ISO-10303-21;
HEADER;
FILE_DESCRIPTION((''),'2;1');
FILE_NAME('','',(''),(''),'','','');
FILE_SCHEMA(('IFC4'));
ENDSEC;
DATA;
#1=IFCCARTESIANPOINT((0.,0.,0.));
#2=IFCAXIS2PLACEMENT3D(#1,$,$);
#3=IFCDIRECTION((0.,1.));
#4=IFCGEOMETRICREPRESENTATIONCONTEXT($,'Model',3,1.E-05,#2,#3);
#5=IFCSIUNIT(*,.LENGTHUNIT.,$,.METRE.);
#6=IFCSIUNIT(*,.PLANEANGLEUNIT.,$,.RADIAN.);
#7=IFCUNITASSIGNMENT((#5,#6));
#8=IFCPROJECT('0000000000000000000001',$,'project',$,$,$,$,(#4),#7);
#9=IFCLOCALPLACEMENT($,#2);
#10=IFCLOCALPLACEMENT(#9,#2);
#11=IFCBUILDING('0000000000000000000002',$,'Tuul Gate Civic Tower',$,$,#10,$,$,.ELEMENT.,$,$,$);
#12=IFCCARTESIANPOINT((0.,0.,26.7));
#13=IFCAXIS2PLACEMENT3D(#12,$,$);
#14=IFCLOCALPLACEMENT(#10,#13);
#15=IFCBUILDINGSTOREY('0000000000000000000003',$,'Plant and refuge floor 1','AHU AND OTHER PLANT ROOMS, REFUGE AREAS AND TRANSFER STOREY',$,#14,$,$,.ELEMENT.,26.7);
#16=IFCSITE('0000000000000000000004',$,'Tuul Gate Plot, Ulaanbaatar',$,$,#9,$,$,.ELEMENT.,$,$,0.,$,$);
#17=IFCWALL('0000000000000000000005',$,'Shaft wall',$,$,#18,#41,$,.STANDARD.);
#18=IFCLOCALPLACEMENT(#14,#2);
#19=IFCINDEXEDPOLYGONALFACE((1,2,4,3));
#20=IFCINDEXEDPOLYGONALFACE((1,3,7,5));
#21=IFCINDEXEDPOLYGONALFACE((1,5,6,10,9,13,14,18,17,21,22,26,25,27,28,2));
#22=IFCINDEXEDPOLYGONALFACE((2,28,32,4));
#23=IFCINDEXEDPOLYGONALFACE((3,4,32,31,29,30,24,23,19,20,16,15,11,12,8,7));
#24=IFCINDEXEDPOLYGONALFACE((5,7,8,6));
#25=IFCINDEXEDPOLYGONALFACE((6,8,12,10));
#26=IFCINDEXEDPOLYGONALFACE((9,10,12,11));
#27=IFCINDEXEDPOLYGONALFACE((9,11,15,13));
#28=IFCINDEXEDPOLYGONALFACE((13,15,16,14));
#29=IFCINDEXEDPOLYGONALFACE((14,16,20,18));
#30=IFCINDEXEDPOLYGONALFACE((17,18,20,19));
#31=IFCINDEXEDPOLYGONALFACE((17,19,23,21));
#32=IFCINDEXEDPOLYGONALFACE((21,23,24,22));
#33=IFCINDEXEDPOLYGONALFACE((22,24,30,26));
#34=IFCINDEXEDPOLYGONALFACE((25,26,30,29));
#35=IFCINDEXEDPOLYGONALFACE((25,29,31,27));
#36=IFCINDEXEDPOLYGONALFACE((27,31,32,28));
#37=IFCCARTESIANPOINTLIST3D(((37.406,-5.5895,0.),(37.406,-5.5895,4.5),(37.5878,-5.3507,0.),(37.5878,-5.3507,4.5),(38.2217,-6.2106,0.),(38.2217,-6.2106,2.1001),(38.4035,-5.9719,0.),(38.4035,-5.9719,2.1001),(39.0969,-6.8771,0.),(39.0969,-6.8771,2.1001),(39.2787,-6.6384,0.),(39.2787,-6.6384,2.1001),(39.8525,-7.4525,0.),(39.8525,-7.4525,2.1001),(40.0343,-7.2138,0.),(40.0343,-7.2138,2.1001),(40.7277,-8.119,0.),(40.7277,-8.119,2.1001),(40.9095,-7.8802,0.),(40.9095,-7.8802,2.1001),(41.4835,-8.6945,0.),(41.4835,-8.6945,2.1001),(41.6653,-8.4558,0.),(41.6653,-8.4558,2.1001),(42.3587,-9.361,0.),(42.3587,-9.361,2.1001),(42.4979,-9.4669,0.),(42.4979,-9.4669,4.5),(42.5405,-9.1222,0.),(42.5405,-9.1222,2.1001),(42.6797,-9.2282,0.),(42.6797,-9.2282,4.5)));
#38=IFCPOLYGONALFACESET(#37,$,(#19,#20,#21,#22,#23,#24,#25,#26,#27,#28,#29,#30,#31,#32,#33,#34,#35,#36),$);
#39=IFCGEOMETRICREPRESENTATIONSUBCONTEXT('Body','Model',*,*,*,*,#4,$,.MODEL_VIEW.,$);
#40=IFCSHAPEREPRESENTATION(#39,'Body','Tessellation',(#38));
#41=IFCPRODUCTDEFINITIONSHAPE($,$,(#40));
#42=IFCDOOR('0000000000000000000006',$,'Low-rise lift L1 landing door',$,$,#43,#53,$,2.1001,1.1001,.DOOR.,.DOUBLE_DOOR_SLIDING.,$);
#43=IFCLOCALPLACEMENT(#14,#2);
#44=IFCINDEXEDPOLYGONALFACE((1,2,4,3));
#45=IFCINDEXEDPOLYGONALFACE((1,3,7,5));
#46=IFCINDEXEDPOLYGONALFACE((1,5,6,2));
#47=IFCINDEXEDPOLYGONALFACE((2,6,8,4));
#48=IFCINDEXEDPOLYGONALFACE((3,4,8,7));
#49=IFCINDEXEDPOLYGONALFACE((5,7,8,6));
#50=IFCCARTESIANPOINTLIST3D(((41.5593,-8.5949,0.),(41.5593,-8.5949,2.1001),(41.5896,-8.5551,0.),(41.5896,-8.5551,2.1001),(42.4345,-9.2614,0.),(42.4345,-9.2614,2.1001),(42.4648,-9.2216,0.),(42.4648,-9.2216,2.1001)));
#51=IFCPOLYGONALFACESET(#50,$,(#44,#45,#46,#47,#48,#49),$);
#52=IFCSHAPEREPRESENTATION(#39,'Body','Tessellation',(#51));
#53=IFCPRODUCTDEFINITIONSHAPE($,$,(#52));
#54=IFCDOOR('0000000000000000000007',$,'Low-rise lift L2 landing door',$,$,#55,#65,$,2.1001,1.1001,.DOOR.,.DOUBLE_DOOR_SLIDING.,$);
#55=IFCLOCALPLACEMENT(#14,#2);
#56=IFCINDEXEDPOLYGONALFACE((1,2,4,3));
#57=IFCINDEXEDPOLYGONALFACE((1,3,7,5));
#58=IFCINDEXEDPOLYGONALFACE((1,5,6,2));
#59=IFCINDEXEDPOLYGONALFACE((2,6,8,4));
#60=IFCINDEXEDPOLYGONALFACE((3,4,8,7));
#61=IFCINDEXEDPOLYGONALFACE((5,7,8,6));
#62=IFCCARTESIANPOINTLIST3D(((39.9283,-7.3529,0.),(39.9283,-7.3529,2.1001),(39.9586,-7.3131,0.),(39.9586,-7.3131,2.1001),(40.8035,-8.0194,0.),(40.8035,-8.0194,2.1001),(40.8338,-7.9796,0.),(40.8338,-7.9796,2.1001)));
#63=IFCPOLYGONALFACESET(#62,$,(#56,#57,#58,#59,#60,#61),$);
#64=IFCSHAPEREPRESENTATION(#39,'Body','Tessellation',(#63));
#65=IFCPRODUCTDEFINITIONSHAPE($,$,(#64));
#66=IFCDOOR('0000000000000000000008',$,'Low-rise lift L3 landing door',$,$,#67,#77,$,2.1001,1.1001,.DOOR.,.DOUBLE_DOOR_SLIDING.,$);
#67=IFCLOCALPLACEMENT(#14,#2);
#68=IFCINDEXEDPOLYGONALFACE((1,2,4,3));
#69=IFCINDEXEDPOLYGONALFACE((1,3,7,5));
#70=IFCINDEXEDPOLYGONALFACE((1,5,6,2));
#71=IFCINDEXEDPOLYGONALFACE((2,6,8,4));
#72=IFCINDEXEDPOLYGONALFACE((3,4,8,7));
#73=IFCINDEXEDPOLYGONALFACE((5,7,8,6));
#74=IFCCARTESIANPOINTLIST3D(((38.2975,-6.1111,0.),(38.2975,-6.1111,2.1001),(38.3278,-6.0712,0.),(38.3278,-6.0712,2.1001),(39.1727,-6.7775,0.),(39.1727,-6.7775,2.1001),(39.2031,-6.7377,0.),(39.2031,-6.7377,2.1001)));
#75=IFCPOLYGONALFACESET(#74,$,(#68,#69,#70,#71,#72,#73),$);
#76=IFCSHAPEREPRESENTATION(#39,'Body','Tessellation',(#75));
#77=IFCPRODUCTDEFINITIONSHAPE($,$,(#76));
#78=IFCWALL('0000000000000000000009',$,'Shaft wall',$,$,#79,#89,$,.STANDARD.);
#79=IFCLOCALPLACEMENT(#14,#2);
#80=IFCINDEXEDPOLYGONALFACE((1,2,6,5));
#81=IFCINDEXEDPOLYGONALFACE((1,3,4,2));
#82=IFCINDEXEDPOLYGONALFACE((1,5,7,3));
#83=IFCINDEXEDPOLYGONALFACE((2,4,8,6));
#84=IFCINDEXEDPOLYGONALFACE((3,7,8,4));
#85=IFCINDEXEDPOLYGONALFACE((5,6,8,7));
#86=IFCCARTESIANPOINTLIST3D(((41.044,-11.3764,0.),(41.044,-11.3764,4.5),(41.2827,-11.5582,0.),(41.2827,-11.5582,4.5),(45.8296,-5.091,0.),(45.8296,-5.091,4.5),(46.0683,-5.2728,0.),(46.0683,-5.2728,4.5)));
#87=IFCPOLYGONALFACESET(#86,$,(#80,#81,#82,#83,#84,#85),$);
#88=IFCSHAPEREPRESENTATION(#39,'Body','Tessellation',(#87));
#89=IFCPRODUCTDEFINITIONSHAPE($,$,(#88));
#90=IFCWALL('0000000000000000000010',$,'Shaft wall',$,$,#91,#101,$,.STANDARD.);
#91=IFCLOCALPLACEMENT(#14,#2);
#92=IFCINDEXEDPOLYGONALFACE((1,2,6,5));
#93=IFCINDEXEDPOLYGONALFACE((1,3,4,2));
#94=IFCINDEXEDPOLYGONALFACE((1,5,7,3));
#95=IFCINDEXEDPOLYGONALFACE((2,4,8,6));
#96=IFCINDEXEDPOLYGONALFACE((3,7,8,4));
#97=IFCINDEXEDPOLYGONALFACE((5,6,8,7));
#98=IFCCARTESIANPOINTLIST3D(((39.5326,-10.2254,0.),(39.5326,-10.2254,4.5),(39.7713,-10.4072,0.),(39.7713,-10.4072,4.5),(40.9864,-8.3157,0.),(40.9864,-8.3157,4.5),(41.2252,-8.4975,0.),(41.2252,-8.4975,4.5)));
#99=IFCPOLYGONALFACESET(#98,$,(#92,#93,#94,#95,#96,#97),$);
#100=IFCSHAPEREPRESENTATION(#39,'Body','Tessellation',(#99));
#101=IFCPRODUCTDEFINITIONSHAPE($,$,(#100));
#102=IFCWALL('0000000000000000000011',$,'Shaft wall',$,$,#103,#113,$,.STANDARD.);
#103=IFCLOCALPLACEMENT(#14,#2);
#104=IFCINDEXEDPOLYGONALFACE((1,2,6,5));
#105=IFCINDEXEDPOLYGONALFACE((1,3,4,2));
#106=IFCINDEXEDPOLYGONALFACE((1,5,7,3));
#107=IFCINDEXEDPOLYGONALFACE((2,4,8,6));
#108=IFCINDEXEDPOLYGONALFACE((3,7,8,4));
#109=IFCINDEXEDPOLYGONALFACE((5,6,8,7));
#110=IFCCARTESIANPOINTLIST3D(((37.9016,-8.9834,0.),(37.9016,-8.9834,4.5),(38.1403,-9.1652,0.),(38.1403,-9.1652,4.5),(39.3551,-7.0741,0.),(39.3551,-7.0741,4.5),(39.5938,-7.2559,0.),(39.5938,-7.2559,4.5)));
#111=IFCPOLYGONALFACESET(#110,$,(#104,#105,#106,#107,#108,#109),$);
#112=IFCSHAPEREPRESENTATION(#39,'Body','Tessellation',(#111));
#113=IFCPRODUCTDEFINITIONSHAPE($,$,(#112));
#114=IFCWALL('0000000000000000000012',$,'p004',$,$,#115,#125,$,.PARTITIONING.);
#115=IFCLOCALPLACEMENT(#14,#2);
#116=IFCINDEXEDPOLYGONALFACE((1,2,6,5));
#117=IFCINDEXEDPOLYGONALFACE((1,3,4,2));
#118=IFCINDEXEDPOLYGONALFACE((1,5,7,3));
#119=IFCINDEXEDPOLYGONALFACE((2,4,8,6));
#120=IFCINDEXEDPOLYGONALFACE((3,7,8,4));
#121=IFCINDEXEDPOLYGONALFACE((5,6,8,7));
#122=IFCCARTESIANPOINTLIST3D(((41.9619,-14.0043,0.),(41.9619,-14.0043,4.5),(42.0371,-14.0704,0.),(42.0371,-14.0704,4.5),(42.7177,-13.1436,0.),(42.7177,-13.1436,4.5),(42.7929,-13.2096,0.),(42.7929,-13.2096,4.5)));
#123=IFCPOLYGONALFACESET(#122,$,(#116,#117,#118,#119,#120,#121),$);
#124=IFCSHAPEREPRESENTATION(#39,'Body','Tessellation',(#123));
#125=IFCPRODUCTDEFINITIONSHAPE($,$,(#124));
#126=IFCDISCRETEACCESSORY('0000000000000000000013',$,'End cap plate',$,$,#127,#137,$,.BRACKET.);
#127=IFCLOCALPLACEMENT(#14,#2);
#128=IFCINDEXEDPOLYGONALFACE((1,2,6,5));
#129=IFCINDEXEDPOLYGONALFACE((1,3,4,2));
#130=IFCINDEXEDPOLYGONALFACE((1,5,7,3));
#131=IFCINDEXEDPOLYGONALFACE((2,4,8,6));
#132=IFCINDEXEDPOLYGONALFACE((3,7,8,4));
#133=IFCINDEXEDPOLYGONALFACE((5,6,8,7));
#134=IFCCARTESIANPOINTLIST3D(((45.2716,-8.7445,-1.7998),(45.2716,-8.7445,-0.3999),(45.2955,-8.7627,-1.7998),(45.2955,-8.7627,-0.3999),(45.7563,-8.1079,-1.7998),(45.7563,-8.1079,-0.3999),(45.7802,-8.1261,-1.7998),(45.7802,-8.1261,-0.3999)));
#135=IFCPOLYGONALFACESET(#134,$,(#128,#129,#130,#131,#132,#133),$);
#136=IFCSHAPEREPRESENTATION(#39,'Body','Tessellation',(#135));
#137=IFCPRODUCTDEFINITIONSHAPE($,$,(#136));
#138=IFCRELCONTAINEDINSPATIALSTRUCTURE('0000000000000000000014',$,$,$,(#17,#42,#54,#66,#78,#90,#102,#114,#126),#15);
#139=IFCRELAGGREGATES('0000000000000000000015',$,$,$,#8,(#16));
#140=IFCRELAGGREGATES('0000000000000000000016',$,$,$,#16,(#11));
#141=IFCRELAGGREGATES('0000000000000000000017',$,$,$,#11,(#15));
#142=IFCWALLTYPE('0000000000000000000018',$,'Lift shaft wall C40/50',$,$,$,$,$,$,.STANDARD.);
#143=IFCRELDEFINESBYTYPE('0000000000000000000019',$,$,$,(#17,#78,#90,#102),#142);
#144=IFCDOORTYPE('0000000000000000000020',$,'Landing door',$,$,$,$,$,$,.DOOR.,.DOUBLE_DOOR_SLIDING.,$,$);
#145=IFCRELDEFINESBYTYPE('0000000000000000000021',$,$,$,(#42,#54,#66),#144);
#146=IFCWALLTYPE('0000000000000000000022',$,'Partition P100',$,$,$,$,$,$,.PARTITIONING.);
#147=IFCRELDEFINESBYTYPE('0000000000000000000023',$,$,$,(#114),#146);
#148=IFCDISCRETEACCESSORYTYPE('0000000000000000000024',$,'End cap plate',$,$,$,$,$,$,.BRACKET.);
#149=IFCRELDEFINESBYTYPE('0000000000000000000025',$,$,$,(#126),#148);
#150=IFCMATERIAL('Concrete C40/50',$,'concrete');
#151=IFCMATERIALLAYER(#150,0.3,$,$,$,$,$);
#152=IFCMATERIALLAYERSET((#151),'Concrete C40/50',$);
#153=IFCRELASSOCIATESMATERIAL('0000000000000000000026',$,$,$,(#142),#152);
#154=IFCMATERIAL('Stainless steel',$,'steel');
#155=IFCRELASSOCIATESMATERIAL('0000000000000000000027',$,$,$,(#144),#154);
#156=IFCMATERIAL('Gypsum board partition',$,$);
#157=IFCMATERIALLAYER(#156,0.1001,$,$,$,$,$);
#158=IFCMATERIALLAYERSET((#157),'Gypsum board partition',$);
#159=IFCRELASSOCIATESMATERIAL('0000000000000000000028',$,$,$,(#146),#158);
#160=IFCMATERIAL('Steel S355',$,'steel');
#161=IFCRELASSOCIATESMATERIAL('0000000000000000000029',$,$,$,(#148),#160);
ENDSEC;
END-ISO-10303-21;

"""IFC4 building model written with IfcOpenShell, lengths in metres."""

from ifc_helpers import new_model, si_unit, direction, frame, frame_2d, origin, origin_2d, place, context, subcontext, project, spatial, rectangle, extrude, material, layer, layer_set, type_object, element, fill, save


model = new_model("IFC4")

# Units and contexts
model_context = context("Model", 3, precision=1e-05, world=origin(), true_north=direction((0.0, 1.0)))
body_context = subcontext(model_context, "Body", "Model", "MODEL_VIEW")
ifc_project = project(units=[si_unit("LENGTHUNIT", "METRE"), si_unit("PLANEANGLEUNIT", "RADIAN")], contexts=[model_context])

# Site, building, storey
site_placement = place(None, origin())
site = spatial("IfcSite", under=ifc_project, at=site_placement, Name="Tuul Gate Plot, Ulaanbaatar", CompositionType="ELEMENT", RefElevation=0.0)
building_placement = place(site_placement, origin())
building = spatial("IfcBuilding", under=site, at=building_placement, Name="Tuul Gate Civic Tower", CompositionType="ELEMENT")
storey_placement = place(building_placement, frame((0.0, 0.0, 26.7)))
storey = spatial("IfcBuildingStorey", under=building, at=storey_placement, Name="Plant and refuge floor 1", Description="AHU AND OTHER PLANT ROOMS, REFUGE AREAS AND TRANSFER STOREY", CompositionType="ELEMENT", Elevation=26.7)

# Shared definitions
ifc_material_1 = material(Name="Concrete C40/50", Category="concrete")
ifc_layer_1 = layer(ifc_material_1, 0.3)
ifc_layer_set_1 = layer_set([ifc_layer_1], Name="Concrete C40/50")
wall_type_1 = type_object("IfcWallType", Name="Lift shaft wall C40/50", PredefinedType="STANDARD", material=ifc_layer_set_1)

# Wall, openings, doors
wall_1_placement = place(storey_placement, frame((42.5889, -9.3477, 0.0), z_axis=(0.0, 0.0, 1.0), x_axis=(-0.795584, 0.605843, 0.0)))
wall_1 = element("IfcWall", 1, at=wall_1_placement, inside=storey, type_object=wall_type_1, Name="Shaft wall", PredefinedType="STANDARD", context=body_context, shape_type="SweptSolid", body=[
    extrude(rectangle(XDim=6.4001, YDim=0.3, at=frame_2d((3.2002, 0.0))), origin(), (0.0, 0.0, 1.0), 4.5),
])
opening_1_placement = place(wall_1_placement, frame((0.175, 0.0, 0.0)))
opening_1 = element("IfcOpeningElement", 2, at=opening_1_placement, cuts=wall_1, PredefinedType="OPENING", context=body_context, shape_type="SweptSolid", body=[
    extrude(rectangle(XDim=1.1001, YDim=2.1001, at=frame_2d((0.55, 1.05))), frame((0.0, 0.1602, 0.0), z_axis=(0.0, -1.0, 0.0), x_axis=(1.0, 0.0, 0.0)), (0.0, 0.0, 1.0), 0.3201),
])
opening_2_placement = place(wall_1_placement, frame((2.2251, 0.0, 0.0)))
opening_2 = element("IfcOpeningElement", 3, at=opening_2_placement, cuts=wall_1, PredefinedType="OPENING", context=body_context, shape_type="SweptSolid", body=[
    extrude(rectangle(XDim=1.1001, YDim=2.1001, at=frame_2d((0.55, 1.05))), frame((0.0, 0.1602, 0.0), z_axis=(0.0, -1.0, 0.0), x_axis=(1.0, 0.0, 0.0)), (0.0, 0.0, 1.0), 0.3201),
])
opening_3_placement = place(wall_1_placement, frame((4.2749, 0.0, 0.0)))
opening_3 = element("IfcOpeningElement", 4, at=opening_3_placement, cuts=wall_1, PredefinedType="OPENING", context=body_context, shape_type="SweptSolid", body=[
    extrude(rectangle(XDim=1.1001, YDim=2.1001, at=frame_2d((0.55, 1.05))), frame((0.0, 0.1602, 0.0), z_axis=(0.0, -1.0, 0.0), x_axis=(1.0, 0.0, 0.0)), (0.0, 0.0, 1.0), 0.3201),
])
ifc_material_2 = material(Name="Stainless steel", Category="steel")
door_type_1 = type_object("IfcDoorType", Name="Landing door", OperationType="DOUBLE_DOOR_SLIDING", PredefinedType="DOOR", material=ifc_material_2)
door_1_placement = place(opening_1_placement, origin())
door_1 = element("IfcDoor", 5, at=door_1_placement, inside=storey, type_object=door_type_1, Name="Low-rise lift L1 landing door", OperationType="DOUBLE_DOOR_SLIDING", OverallHeight=2.1001, OverallWidth=1.1001, PredefinedType="DOOR", context=body_context, shape_type="SweptSolid", body=[
    extrude(rectangle(XDim=1.1001, YDim=2.1001, at=frame_2d((0.55, 1.05))), frame((0.0, 0.0249, 0.0), z_axis=(0.0, -1.0, 0.0), x_axis=(1.0, 0.0, 0.0)), (0.0, 0.0, 1.0), 0.05),
])
fill(opening_1, door_1)
door_2_placement = place(opening_2_placement, origin())
door_2 = element("IfcDoor", 6, at=door_2_placement, inside=storey, type_object=door_type_1, Name="Low-rise lift L2 landing door", OperationType="DOUBLE_DOOR_SLIDING", OverallHeight=2.1001, OverallWidth=1.1001, PredefinedType="DOOR", context=body_context, shape_type="SweptSolid", body=[
    extrude(rectangle(XDim=1.1001, YDim=2.1001, at=frame_2d((0.55, 1.05))), frame((0.0, 0.0249, 0.0), z_axis=(0.0, -1.0, 0.0), x_axis=(1.0, 0.0, 0.0)), (0.0, 0.0, 1.0), 0.05),
])
fill(opening_2, door_2)
door_3_placement = place(opening_3_placement, origin())
door_3 = element("IfcDoor", 7, at=door_3_placement, inside=storey, type_object=door_type_1, Name="Low-rise lift L3 landing door", OperationType="DOUBLE_DOOR_SLIDING", OverallHeight=2.1001, OverallWidth=1.1001, PredefinedType="DOOR", context=body_context, shape_type="SweptSolid", body=[
    extrude(rectangle(XDim=1.1001, YDim=2.1001, at=frame_2d((0.55, 1.05))), frame((0.0, 0.0249, 0.0), z_axis=(0.0, -1.0, 0.0), x_axis=(1.0, 0.0, 0.0)), (0.0, 0.0, 1.0), 0.05),
])
fill(opening_3, door_3)

# Walls
wall_2_placement = place(storey_placement, frame((41.1633, -11.4673, 0.0), z_axis=(0.0, 0.0, 1.0), x_axis=(0.605784, 0.795629, 0.0)))
element("IfcWall", 8, at=wall_2_placement, inside=storey, type_object=wall_type_1, Name="Shaft wall", PredefinedType="STANDARD", context=body_context, shape_type="SweptSolid", body=[
    extrude(rectangle(XDim=7.8999, YDim=0.3, at=frame_2d((3.95, 0.0))), origin(), (0.0, 0.0, 1.0), 4.5),
])
wall_3_placement = place(storey_placement, frame((39.6519, -10.3164, 0.0), z_axis=(0.0, 0.0, 1.0), x_axis=(0.605746, 0.795658, 0.0)))
element("IfcWall", 9, at=wall_3_placement, inside=storey, type_object=wall_type_1, Name="Shaft wall", PredefinedType="STANDARD", context=body_context, shape_type="SweptSolid", body=[
    extrude(rectangle(XDim=2.4001, YDim=0.3, at=frame_2d((1.2002, 0.0))), origin(), (0.0, 0.0, 1.0), 4.5),
])
wall_4_placement = place(storey_placement, frame((38.021, -9.0742, 0.0), z_axis=(0.0, 0.0, 1.0), x_axis=(0.605731, 0.79567, 0.0)))
element("IfcWall", 10, at=wall_4_placement, inside=storey, type_object=wall_type_1, Name="Shaft wall", PredefinedType="STANDARD", context=body_context, shape_type="SweptSolid", body=[
    extrude(rectangle(XDim=2.3997, YDim=0.3, at=frame_2d((1.1997, 0.0))), origin(), (0.0, 0.0, 1.0), 4.5),
])
ifc_material_3 = material(Name="Gypsum board partition")
ifc_layer_2 = layer(ifc_material_3, 0.1001)
ifc_layer_set_2 = layer_set([ifc_layer_2], Name="Gypsum board partition")
wall_type_2 = type_object("IfcWallType", Name="Partition P100", PredefinedType="PARTITIONING", material=ifc_layer_set_2)
wall_5_placement = place(storey_placement, frame((41.9995, -14.0374, 0.0), z_axis=(0.0, 0.0, 1.0), x_axis=(0.659801, 0.75144, 0.0)))
element("IfcWall", 11, at=wall_5_placement, inside=storey, type_object=wall_type_2, Name="p004", PredefinedType="PARTITIONING", context=body_context, shape_type="SweptSolid", body=[
    extrude(rectangle(XDim=1.1455, YDim=0.1001, at=frame_2d((0.5728, 0.0))), origin(), (0.0, 0.0, 1.0), 4.5),
])

# Discrete accessory
ifc_material_4 = material(Name="Steel S355", Category="steel")
discrete_accessory_type = type_object("IfcDiscreteAccessoryType", Name="End cap plate", PredefinedType="BRACKET", material=ifc_material_4)
discrete_accessory_placement = place(storey_placement, frame((45.5259, -8.4353, -1.7998), z_axis=(0.0, 0.0, 1.0), x_axis=(0.795624, -0.605791, 0.0)))
element("IfcDiscreteAccessory", 12, at=discrete_accessory_placement, inside=storey, type_object=discrete_accessory_type, Name="End cap plate", PredefinedType="BRACKET", context=body_context, shape_type="SweptSolid", body=[
    extrude(rectangle(XDim=0.03, YDim=0.8, at=origin_2d()), origin(), (0.0, 0.0, 1.0), 1.3999),
])

save(model, "model.ifc")
